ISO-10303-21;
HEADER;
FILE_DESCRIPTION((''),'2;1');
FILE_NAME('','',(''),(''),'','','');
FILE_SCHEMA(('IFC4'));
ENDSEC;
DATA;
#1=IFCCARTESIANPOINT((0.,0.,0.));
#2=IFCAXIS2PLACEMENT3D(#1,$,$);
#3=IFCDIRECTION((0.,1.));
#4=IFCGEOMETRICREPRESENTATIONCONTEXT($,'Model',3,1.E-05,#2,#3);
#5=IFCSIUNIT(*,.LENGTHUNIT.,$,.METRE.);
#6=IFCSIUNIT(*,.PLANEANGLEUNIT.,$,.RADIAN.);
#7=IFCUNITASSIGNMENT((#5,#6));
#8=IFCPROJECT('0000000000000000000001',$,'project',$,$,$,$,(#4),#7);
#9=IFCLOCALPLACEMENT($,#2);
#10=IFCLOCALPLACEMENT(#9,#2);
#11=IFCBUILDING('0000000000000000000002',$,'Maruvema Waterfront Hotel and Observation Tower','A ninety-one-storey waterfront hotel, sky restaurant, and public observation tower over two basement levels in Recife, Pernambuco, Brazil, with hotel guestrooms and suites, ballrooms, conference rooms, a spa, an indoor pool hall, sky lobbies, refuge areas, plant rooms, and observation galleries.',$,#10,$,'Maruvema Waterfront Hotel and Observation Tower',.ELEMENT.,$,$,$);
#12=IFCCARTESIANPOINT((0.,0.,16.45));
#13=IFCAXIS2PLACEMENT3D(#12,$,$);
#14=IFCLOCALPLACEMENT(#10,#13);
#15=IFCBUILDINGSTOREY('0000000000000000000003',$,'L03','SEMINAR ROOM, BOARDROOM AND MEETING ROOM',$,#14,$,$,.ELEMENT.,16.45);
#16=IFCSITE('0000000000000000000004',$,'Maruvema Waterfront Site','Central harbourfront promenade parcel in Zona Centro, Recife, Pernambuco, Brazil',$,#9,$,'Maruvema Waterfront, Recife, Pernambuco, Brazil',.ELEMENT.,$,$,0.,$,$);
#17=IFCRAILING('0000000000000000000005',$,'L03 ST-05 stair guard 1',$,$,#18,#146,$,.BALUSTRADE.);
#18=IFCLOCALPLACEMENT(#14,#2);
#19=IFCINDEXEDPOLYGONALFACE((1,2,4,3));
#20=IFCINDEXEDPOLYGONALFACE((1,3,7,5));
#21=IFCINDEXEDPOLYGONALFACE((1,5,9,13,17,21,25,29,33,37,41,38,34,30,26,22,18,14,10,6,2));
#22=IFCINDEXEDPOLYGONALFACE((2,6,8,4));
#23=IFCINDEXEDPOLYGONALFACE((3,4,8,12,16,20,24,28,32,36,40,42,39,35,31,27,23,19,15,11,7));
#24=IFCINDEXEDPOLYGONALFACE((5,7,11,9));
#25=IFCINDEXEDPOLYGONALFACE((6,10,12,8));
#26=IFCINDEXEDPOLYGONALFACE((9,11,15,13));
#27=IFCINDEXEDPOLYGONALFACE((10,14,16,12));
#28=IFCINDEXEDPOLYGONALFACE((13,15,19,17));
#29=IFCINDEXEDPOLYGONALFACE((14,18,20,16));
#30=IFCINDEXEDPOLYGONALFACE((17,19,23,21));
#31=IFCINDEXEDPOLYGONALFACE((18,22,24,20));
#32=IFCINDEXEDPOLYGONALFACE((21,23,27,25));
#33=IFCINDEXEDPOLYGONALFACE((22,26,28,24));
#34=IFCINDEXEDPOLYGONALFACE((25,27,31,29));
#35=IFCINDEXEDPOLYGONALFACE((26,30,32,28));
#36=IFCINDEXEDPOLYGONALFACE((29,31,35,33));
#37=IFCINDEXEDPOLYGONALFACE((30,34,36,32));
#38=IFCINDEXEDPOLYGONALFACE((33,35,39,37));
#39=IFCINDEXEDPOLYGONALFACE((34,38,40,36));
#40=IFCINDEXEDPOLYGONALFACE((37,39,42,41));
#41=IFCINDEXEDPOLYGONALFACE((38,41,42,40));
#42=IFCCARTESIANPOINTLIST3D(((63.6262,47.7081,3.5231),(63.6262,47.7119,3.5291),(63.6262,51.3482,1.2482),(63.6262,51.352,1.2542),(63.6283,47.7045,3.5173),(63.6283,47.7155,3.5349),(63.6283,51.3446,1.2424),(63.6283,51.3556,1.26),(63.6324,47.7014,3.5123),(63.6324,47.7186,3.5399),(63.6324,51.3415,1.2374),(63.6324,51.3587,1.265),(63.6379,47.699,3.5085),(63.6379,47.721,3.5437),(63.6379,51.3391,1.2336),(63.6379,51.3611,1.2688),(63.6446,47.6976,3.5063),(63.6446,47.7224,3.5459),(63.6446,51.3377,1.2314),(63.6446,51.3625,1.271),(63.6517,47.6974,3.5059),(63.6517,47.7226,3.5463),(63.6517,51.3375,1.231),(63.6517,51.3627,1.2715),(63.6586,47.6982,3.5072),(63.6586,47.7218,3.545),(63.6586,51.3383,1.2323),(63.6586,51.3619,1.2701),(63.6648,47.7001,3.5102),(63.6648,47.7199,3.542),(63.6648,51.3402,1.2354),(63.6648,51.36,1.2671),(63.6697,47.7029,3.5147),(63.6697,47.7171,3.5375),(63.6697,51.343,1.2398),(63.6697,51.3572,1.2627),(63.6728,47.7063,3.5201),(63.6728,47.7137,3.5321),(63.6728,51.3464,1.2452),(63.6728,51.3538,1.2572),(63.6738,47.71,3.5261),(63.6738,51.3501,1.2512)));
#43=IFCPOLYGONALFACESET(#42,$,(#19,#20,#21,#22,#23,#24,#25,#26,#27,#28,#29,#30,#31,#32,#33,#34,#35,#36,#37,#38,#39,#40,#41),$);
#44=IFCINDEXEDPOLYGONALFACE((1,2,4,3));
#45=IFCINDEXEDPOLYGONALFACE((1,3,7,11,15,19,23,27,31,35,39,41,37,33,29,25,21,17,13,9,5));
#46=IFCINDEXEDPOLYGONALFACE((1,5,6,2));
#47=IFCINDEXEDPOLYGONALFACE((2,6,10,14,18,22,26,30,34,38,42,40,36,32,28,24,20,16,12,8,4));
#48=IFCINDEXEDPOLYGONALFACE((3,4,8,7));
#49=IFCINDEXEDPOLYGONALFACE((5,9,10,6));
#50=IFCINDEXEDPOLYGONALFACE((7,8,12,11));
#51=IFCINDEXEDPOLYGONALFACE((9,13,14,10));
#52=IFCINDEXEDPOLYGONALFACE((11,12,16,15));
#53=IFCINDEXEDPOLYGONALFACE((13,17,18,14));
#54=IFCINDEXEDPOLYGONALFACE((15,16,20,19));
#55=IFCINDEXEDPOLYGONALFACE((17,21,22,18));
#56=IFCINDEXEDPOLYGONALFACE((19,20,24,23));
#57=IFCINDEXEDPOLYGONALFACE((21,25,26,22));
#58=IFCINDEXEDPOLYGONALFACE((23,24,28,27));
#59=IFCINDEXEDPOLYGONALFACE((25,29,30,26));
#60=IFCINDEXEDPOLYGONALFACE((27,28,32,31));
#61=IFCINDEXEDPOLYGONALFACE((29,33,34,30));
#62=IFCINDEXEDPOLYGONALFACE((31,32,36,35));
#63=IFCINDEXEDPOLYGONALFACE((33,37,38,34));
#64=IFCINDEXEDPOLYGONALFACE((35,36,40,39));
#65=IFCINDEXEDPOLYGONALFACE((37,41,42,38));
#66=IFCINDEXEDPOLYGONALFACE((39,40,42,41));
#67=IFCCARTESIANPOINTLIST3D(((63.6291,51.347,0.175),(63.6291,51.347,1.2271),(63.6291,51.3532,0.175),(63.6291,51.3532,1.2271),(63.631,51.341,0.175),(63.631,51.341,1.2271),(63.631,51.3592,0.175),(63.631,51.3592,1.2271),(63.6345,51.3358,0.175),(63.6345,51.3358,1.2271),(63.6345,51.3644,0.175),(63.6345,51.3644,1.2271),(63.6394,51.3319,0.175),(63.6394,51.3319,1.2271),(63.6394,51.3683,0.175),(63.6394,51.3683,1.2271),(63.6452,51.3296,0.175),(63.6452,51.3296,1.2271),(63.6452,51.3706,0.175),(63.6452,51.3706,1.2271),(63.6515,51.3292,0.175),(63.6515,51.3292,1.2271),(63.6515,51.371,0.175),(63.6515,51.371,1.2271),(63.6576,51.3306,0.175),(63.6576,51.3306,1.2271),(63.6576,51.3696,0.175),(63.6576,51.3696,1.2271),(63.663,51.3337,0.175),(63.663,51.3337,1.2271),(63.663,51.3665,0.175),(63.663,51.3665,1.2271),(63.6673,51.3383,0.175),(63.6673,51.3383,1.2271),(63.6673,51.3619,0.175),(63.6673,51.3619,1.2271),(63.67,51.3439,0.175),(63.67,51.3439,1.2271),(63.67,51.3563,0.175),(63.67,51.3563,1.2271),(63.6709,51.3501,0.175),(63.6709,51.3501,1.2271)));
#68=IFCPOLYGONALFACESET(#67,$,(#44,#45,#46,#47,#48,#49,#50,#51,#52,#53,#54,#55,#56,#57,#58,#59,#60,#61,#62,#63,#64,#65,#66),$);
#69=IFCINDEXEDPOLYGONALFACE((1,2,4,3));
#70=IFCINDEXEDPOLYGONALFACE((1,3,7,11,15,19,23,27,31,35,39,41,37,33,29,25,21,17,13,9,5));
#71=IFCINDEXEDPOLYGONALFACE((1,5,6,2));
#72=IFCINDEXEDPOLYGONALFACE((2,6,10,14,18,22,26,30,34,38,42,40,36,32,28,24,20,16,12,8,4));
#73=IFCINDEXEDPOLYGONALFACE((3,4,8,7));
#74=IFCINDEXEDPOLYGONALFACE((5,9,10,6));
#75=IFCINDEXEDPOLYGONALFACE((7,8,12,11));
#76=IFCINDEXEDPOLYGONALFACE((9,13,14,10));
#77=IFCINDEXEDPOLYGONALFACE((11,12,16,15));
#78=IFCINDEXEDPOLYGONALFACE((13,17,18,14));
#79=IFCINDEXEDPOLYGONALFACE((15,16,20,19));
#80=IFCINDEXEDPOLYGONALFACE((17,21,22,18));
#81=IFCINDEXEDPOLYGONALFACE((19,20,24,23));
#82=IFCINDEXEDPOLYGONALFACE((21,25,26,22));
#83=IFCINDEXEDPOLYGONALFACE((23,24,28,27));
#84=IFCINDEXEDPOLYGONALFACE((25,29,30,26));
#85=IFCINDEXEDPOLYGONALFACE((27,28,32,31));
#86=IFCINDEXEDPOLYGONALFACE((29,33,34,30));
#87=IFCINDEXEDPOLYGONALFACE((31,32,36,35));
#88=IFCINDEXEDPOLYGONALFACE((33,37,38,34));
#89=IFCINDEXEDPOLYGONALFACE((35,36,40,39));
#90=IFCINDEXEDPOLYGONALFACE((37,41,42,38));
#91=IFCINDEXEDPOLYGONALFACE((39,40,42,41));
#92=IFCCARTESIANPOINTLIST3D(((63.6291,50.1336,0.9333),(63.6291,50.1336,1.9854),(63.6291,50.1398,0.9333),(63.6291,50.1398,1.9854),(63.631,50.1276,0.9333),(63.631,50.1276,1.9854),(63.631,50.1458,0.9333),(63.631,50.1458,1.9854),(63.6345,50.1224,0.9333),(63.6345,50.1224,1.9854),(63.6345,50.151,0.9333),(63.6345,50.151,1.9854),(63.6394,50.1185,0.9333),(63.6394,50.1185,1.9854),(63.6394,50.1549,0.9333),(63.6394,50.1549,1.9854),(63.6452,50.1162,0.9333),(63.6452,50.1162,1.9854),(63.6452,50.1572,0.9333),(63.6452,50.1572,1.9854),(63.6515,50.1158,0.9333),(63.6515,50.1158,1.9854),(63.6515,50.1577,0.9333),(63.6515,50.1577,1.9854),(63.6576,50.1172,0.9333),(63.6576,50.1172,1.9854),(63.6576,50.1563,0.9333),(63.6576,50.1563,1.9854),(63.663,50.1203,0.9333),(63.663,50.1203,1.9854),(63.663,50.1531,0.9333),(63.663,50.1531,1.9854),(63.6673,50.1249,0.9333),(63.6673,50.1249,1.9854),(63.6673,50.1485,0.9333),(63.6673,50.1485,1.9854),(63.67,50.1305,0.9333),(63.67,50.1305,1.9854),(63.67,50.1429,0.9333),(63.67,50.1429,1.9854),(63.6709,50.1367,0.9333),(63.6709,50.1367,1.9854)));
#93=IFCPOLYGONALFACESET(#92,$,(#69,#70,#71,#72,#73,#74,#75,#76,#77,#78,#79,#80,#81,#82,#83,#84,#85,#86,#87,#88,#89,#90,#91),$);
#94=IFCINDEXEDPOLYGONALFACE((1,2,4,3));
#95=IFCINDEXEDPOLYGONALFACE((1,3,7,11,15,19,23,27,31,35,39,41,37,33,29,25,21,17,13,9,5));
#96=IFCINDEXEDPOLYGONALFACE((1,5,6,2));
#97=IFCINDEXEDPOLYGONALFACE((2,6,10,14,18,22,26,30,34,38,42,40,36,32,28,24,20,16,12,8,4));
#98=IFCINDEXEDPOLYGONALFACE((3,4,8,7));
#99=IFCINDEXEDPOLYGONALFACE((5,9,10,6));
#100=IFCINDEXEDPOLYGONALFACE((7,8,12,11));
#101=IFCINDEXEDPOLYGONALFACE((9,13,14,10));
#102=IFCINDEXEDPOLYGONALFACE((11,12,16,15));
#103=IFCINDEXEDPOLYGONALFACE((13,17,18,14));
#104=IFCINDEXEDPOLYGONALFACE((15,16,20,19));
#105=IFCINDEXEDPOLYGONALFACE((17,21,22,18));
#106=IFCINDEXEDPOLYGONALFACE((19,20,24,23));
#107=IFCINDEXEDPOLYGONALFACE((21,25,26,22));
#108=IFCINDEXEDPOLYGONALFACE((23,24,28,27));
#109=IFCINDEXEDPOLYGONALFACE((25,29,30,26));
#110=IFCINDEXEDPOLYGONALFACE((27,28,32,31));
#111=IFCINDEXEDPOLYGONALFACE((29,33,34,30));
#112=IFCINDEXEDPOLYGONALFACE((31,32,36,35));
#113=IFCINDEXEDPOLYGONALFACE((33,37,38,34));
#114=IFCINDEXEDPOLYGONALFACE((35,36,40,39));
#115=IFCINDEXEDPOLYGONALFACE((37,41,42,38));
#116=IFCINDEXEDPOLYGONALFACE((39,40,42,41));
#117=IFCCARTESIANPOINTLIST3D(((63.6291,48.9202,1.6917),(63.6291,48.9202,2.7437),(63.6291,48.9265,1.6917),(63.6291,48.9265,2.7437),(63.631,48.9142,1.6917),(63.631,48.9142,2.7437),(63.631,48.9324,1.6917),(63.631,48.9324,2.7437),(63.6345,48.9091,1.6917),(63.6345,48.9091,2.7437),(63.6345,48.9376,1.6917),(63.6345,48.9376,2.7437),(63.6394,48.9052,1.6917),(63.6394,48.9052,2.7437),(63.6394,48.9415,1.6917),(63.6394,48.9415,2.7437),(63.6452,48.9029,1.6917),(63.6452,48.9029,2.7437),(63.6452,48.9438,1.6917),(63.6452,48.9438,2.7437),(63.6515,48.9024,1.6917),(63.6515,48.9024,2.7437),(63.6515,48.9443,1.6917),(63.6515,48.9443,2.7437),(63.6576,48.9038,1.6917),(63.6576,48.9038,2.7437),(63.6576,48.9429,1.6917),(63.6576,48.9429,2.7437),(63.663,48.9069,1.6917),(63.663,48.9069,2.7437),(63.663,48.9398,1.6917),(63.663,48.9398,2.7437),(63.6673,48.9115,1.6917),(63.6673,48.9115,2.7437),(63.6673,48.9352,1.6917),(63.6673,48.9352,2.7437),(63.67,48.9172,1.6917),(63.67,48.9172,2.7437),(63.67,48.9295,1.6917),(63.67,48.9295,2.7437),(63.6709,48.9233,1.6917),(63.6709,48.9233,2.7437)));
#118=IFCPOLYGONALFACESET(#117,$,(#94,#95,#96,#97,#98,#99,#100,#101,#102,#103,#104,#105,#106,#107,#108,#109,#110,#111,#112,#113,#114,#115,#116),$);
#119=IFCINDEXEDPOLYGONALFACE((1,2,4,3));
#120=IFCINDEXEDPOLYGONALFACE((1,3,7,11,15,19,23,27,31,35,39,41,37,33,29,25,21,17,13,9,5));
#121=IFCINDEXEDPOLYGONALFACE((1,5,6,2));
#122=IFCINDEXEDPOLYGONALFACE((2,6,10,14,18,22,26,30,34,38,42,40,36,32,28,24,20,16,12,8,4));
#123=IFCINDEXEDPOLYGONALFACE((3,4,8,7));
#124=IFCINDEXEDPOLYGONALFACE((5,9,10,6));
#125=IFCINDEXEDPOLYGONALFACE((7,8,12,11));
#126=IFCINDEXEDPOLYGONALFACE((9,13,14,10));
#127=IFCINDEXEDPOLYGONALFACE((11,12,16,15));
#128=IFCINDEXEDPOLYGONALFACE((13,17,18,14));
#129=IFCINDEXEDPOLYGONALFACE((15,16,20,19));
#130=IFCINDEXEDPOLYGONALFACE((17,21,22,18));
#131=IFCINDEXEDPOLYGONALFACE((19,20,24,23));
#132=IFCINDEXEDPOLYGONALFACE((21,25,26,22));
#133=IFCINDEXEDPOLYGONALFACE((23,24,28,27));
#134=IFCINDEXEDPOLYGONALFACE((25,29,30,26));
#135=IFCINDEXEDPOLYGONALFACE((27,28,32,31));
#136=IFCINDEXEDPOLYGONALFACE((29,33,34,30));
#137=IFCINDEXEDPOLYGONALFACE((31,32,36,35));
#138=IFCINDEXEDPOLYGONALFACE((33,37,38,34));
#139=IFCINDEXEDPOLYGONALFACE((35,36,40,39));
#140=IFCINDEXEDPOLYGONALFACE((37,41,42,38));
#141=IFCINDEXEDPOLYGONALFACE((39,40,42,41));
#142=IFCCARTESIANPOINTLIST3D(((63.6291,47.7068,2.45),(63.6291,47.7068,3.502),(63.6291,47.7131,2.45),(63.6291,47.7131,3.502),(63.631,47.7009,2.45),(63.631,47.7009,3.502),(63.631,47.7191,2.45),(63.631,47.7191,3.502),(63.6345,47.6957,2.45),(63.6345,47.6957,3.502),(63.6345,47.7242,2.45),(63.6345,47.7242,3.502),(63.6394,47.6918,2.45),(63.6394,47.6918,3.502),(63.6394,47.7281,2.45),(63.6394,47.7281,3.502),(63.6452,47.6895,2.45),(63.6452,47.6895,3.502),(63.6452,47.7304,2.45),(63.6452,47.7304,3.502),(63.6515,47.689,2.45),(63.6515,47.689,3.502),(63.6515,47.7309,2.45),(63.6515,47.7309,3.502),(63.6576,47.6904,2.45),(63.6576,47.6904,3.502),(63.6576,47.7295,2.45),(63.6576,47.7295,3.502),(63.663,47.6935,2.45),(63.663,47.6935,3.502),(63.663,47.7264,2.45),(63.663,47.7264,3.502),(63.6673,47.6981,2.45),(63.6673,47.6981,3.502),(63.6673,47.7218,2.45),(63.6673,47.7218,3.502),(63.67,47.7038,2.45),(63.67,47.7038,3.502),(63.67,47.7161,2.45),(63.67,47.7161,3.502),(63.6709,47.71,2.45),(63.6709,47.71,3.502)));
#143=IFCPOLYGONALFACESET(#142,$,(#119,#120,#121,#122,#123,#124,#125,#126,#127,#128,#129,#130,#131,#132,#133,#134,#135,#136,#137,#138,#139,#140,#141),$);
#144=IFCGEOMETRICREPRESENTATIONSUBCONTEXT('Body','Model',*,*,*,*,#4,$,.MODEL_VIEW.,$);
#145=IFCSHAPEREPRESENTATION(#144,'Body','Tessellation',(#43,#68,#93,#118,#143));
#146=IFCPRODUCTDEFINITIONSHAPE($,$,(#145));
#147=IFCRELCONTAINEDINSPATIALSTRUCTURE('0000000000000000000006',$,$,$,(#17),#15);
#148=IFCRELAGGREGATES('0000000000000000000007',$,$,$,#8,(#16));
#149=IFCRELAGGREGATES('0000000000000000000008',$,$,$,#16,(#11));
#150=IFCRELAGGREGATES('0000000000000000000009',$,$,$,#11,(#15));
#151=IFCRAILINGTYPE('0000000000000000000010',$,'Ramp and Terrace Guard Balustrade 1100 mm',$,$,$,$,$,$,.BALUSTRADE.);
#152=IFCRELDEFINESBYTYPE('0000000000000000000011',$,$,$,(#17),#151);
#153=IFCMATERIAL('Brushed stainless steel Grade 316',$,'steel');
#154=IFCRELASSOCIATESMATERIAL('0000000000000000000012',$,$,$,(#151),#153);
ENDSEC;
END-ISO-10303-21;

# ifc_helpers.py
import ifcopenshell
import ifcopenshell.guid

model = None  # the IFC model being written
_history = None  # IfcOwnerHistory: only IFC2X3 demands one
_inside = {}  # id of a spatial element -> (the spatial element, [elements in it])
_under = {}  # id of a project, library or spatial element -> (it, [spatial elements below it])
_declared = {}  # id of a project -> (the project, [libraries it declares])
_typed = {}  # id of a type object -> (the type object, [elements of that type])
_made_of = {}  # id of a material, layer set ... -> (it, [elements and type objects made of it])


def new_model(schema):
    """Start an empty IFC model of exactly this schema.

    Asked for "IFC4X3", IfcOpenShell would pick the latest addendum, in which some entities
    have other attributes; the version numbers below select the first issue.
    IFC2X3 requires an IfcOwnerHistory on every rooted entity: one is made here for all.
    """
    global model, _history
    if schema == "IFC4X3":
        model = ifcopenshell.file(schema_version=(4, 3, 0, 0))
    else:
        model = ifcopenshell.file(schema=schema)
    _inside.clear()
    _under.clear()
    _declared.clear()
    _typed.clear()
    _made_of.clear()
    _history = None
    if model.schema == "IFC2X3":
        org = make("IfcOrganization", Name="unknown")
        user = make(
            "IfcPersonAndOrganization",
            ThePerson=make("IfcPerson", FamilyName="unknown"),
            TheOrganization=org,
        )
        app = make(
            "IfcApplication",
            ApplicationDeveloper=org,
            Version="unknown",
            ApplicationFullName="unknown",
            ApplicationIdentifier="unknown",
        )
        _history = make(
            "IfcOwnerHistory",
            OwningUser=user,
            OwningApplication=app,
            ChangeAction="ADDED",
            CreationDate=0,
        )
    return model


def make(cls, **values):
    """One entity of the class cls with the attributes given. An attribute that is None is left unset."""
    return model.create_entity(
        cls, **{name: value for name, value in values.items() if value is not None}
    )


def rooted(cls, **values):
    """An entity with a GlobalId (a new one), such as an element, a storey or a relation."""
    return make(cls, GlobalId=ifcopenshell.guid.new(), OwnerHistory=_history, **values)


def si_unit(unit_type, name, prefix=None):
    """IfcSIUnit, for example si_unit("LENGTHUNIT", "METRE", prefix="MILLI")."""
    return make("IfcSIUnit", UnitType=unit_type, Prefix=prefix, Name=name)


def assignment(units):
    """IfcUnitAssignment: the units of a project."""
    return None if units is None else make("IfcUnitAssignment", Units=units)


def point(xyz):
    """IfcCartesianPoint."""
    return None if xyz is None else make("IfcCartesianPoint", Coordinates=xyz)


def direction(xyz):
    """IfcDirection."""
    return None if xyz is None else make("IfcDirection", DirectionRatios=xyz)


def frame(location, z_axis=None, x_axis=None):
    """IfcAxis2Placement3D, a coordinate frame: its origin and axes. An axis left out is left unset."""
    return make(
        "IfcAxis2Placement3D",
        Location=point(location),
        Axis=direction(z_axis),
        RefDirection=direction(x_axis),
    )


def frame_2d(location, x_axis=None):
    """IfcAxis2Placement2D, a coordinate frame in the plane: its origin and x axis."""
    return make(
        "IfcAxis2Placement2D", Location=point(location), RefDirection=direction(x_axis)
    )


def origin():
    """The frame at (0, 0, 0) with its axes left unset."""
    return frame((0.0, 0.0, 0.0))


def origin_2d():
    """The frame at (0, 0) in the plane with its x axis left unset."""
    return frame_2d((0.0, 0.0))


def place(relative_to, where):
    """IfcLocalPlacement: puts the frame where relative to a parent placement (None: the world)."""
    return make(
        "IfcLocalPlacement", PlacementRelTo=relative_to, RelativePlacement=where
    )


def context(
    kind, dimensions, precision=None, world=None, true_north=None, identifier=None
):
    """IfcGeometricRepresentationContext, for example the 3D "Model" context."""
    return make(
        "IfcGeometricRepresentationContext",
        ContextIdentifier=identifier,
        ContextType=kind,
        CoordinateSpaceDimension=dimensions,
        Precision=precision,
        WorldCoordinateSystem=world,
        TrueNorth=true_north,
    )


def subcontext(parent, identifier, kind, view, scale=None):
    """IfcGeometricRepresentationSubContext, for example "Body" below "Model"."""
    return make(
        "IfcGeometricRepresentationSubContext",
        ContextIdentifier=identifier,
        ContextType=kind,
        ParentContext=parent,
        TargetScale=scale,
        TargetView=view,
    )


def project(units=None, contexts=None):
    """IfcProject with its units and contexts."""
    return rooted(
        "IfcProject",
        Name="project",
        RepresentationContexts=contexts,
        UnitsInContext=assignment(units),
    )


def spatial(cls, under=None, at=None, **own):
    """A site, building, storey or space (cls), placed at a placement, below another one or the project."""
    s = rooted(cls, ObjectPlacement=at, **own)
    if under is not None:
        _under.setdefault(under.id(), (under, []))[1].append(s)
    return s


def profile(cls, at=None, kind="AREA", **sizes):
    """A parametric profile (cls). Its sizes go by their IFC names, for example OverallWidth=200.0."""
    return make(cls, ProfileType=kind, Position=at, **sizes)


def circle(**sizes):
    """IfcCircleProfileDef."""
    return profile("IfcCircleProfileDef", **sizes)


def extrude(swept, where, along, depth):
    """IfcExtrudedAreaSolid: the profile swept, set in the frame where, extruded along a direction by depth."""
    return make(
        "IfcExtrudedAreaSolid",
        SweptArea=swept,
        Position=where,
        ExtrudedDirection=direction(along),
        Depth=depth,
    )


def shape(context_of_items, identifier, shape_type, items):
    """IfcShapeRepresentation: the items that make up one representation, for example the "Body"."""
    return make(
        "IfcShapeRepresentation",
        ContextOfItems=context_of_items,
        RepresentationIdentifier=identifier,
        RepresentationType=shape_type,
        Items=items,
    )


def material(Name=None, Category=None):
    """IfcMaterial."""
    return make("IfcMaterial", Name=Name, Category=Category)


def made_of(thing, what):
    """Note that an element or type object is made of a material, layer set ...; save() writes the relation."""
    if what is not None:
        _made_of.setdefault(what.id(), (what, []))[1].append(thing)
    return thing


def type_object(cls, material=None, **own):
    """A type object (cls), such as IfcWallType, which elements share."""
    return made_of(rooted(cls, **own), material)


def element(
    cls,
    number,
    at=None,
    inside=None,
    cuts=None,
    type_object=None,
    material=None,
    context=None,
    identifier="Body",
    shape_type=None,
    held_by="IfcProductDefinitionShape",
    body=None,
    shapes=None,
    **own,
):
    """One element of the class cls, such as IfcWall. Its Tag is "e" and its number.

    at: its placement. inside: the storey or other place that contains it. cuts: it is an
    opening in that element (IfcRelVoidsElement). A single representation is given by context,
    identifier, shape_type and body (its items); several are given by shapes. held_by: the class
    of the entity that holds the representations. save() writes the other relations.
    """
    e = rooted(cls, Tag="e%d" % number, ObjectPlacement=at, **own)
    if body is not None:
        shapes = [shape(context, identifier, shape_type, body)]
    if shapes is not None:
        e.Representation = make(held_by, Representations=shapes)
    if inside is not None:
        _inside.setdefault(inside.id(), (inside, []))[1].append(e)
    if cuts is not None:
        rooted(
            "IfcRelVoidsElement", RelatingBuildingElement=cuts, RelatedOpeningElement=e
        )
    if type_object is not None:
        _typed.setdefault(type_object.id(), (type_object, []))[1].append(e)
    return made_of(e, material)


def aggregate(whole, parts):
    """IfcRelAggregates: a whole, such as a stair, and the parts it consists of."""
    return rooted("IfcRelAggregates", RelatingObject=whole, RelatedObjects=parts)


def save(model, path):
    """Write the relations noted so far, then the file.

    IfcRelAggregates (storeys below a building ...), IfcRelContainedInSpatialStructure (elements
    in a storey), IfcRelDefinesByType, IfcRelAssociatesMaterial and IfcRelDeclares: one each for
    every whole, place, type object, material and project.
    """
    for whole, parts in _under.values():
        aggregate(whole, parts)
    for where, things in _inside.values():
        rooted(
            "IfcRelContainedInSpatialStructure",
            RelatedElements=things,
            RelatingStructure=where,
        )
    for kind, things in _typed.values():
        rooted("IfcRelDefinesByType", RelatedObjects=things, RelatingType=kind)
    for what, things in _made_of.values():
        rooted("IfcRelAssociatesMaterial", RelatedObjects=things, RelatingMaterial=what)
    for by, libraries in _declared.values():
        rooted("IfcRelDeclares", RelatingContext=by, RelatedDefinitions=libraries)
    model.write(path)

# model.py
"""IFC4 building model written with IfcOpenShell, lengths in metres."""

from ifc_helpers import new_model, si_unit, direction, frame, origin, origin_2d, place, context, subcontext, project, spatial, circle, extrude, material, type_object, element, save


model = new_model("IFC4")

# Units and contexts
model_context = context("Model", 3, precision=1e-05, world=origin(), true_north=direction((0.0, 1.0)))
body_context = subcontext(model_context, "Body", "Model", "MODEL_VIEW")
ifc_project = project(units=[si_unit("LENGTHUNIT", "METRE"), si_unit("PLANEANGLEUNIT", "RADIAN")], contexts=[model_context])

# Site, building, storey
site_placement = place(None, origin())
site = spatial("IfcSite", under=ifc_project, at=site_placement, Name="Maruvema Waterfront Site", Description="Central harbourfront promenade parcel in Zona Centro, Recife, Pernambuco, Brazil", LongName="Maruvema Waterfront, Recife, Pernambuco, Brazil", CompositionType="ELEMENT", RefElevation=0.0)
building_placement = place(site_placement, origin())
building = spatial("IfcBuilding", under=site, at=building_placement, Name="Maruvema Waterfront Hotel and Observation Tower", Description="A ninety-one-storey waterfront hotel, sky restaurant, and public observation tower over two basement levels in Recife, Pernambuco, Brazil, with hotel guestrooms and suites, ballrooms, conference rooms, a spa, an indoor pool hall, sky lobbies, refuge areas, plant rooms, and observation galleries.", LongName="Maruvema Waterfront Hotel and Observation Tower", CompositionType="ELEMENT")
storey_placement = place(building_placement, frame((0.0, 0.0, 16.45)))
storey = spatial("IfcBuildingStorey", under=building, at=storey_placement, Name="L03", Description="SEMINAR ROOM, BOARDROOM AND MEETING ROOM", CompositionType="ELEMENT", Elevation=16.45)

# Railing
ifc_material_1 = material(Name="Brushed stainless steel Grade 316", Category="steel")
railing_type_1 = type_object("IfcRailingType", Name="Ramp and Terrace Guard Balustrade 1100 mm", PredefinedType="BALUSTRADE", material=ifc_material_1)
railing_1_placement = place(storey_placement, frame((63.6499, 51.3501, 0.175)))
element("IfcRailing", 1, at=railing_1_placement, inside=storey, type_object=railing_type_1, Name="L03 ST-05 stair guard 1", PredefinedType="BALUSTRADE", context=body_context, shape_type="SweptSolid", body=[
    extrude(circle(Radius=0.0239, at=origin_2d()), frame((0.0, 0.0, 1.0762), z_axis=(0.0, -0.848017, 0.529968), x_axis=(1.0, 0.0, 0.0)), (0.0, 0.0, 1.0), 4.2925),
    extrude(circle(Radius=0.021, at=origin_2d()), origin(), (0.0, 0.0, 1.0), 1.052),
    extrude(circle(Radius=0.021, at=origin_2d()), frame((0.0, -1.2134, 0.7583)), (0.0, 0.0, 1.0), 1.052),
    extrude(circle(Radius=0.021, at=origin_2d()), frame((0.0, -2.4268, 1.5166)), (0.0, 0.0, 1.0), 1.052),
    extrude(circle(Radius=0.021, at=origin_2d()), frame((0.0, -3.6401, 2.2749)), (0.0, 0.0, 1.0), 1.052),
])

save(model, "model.ifc")
